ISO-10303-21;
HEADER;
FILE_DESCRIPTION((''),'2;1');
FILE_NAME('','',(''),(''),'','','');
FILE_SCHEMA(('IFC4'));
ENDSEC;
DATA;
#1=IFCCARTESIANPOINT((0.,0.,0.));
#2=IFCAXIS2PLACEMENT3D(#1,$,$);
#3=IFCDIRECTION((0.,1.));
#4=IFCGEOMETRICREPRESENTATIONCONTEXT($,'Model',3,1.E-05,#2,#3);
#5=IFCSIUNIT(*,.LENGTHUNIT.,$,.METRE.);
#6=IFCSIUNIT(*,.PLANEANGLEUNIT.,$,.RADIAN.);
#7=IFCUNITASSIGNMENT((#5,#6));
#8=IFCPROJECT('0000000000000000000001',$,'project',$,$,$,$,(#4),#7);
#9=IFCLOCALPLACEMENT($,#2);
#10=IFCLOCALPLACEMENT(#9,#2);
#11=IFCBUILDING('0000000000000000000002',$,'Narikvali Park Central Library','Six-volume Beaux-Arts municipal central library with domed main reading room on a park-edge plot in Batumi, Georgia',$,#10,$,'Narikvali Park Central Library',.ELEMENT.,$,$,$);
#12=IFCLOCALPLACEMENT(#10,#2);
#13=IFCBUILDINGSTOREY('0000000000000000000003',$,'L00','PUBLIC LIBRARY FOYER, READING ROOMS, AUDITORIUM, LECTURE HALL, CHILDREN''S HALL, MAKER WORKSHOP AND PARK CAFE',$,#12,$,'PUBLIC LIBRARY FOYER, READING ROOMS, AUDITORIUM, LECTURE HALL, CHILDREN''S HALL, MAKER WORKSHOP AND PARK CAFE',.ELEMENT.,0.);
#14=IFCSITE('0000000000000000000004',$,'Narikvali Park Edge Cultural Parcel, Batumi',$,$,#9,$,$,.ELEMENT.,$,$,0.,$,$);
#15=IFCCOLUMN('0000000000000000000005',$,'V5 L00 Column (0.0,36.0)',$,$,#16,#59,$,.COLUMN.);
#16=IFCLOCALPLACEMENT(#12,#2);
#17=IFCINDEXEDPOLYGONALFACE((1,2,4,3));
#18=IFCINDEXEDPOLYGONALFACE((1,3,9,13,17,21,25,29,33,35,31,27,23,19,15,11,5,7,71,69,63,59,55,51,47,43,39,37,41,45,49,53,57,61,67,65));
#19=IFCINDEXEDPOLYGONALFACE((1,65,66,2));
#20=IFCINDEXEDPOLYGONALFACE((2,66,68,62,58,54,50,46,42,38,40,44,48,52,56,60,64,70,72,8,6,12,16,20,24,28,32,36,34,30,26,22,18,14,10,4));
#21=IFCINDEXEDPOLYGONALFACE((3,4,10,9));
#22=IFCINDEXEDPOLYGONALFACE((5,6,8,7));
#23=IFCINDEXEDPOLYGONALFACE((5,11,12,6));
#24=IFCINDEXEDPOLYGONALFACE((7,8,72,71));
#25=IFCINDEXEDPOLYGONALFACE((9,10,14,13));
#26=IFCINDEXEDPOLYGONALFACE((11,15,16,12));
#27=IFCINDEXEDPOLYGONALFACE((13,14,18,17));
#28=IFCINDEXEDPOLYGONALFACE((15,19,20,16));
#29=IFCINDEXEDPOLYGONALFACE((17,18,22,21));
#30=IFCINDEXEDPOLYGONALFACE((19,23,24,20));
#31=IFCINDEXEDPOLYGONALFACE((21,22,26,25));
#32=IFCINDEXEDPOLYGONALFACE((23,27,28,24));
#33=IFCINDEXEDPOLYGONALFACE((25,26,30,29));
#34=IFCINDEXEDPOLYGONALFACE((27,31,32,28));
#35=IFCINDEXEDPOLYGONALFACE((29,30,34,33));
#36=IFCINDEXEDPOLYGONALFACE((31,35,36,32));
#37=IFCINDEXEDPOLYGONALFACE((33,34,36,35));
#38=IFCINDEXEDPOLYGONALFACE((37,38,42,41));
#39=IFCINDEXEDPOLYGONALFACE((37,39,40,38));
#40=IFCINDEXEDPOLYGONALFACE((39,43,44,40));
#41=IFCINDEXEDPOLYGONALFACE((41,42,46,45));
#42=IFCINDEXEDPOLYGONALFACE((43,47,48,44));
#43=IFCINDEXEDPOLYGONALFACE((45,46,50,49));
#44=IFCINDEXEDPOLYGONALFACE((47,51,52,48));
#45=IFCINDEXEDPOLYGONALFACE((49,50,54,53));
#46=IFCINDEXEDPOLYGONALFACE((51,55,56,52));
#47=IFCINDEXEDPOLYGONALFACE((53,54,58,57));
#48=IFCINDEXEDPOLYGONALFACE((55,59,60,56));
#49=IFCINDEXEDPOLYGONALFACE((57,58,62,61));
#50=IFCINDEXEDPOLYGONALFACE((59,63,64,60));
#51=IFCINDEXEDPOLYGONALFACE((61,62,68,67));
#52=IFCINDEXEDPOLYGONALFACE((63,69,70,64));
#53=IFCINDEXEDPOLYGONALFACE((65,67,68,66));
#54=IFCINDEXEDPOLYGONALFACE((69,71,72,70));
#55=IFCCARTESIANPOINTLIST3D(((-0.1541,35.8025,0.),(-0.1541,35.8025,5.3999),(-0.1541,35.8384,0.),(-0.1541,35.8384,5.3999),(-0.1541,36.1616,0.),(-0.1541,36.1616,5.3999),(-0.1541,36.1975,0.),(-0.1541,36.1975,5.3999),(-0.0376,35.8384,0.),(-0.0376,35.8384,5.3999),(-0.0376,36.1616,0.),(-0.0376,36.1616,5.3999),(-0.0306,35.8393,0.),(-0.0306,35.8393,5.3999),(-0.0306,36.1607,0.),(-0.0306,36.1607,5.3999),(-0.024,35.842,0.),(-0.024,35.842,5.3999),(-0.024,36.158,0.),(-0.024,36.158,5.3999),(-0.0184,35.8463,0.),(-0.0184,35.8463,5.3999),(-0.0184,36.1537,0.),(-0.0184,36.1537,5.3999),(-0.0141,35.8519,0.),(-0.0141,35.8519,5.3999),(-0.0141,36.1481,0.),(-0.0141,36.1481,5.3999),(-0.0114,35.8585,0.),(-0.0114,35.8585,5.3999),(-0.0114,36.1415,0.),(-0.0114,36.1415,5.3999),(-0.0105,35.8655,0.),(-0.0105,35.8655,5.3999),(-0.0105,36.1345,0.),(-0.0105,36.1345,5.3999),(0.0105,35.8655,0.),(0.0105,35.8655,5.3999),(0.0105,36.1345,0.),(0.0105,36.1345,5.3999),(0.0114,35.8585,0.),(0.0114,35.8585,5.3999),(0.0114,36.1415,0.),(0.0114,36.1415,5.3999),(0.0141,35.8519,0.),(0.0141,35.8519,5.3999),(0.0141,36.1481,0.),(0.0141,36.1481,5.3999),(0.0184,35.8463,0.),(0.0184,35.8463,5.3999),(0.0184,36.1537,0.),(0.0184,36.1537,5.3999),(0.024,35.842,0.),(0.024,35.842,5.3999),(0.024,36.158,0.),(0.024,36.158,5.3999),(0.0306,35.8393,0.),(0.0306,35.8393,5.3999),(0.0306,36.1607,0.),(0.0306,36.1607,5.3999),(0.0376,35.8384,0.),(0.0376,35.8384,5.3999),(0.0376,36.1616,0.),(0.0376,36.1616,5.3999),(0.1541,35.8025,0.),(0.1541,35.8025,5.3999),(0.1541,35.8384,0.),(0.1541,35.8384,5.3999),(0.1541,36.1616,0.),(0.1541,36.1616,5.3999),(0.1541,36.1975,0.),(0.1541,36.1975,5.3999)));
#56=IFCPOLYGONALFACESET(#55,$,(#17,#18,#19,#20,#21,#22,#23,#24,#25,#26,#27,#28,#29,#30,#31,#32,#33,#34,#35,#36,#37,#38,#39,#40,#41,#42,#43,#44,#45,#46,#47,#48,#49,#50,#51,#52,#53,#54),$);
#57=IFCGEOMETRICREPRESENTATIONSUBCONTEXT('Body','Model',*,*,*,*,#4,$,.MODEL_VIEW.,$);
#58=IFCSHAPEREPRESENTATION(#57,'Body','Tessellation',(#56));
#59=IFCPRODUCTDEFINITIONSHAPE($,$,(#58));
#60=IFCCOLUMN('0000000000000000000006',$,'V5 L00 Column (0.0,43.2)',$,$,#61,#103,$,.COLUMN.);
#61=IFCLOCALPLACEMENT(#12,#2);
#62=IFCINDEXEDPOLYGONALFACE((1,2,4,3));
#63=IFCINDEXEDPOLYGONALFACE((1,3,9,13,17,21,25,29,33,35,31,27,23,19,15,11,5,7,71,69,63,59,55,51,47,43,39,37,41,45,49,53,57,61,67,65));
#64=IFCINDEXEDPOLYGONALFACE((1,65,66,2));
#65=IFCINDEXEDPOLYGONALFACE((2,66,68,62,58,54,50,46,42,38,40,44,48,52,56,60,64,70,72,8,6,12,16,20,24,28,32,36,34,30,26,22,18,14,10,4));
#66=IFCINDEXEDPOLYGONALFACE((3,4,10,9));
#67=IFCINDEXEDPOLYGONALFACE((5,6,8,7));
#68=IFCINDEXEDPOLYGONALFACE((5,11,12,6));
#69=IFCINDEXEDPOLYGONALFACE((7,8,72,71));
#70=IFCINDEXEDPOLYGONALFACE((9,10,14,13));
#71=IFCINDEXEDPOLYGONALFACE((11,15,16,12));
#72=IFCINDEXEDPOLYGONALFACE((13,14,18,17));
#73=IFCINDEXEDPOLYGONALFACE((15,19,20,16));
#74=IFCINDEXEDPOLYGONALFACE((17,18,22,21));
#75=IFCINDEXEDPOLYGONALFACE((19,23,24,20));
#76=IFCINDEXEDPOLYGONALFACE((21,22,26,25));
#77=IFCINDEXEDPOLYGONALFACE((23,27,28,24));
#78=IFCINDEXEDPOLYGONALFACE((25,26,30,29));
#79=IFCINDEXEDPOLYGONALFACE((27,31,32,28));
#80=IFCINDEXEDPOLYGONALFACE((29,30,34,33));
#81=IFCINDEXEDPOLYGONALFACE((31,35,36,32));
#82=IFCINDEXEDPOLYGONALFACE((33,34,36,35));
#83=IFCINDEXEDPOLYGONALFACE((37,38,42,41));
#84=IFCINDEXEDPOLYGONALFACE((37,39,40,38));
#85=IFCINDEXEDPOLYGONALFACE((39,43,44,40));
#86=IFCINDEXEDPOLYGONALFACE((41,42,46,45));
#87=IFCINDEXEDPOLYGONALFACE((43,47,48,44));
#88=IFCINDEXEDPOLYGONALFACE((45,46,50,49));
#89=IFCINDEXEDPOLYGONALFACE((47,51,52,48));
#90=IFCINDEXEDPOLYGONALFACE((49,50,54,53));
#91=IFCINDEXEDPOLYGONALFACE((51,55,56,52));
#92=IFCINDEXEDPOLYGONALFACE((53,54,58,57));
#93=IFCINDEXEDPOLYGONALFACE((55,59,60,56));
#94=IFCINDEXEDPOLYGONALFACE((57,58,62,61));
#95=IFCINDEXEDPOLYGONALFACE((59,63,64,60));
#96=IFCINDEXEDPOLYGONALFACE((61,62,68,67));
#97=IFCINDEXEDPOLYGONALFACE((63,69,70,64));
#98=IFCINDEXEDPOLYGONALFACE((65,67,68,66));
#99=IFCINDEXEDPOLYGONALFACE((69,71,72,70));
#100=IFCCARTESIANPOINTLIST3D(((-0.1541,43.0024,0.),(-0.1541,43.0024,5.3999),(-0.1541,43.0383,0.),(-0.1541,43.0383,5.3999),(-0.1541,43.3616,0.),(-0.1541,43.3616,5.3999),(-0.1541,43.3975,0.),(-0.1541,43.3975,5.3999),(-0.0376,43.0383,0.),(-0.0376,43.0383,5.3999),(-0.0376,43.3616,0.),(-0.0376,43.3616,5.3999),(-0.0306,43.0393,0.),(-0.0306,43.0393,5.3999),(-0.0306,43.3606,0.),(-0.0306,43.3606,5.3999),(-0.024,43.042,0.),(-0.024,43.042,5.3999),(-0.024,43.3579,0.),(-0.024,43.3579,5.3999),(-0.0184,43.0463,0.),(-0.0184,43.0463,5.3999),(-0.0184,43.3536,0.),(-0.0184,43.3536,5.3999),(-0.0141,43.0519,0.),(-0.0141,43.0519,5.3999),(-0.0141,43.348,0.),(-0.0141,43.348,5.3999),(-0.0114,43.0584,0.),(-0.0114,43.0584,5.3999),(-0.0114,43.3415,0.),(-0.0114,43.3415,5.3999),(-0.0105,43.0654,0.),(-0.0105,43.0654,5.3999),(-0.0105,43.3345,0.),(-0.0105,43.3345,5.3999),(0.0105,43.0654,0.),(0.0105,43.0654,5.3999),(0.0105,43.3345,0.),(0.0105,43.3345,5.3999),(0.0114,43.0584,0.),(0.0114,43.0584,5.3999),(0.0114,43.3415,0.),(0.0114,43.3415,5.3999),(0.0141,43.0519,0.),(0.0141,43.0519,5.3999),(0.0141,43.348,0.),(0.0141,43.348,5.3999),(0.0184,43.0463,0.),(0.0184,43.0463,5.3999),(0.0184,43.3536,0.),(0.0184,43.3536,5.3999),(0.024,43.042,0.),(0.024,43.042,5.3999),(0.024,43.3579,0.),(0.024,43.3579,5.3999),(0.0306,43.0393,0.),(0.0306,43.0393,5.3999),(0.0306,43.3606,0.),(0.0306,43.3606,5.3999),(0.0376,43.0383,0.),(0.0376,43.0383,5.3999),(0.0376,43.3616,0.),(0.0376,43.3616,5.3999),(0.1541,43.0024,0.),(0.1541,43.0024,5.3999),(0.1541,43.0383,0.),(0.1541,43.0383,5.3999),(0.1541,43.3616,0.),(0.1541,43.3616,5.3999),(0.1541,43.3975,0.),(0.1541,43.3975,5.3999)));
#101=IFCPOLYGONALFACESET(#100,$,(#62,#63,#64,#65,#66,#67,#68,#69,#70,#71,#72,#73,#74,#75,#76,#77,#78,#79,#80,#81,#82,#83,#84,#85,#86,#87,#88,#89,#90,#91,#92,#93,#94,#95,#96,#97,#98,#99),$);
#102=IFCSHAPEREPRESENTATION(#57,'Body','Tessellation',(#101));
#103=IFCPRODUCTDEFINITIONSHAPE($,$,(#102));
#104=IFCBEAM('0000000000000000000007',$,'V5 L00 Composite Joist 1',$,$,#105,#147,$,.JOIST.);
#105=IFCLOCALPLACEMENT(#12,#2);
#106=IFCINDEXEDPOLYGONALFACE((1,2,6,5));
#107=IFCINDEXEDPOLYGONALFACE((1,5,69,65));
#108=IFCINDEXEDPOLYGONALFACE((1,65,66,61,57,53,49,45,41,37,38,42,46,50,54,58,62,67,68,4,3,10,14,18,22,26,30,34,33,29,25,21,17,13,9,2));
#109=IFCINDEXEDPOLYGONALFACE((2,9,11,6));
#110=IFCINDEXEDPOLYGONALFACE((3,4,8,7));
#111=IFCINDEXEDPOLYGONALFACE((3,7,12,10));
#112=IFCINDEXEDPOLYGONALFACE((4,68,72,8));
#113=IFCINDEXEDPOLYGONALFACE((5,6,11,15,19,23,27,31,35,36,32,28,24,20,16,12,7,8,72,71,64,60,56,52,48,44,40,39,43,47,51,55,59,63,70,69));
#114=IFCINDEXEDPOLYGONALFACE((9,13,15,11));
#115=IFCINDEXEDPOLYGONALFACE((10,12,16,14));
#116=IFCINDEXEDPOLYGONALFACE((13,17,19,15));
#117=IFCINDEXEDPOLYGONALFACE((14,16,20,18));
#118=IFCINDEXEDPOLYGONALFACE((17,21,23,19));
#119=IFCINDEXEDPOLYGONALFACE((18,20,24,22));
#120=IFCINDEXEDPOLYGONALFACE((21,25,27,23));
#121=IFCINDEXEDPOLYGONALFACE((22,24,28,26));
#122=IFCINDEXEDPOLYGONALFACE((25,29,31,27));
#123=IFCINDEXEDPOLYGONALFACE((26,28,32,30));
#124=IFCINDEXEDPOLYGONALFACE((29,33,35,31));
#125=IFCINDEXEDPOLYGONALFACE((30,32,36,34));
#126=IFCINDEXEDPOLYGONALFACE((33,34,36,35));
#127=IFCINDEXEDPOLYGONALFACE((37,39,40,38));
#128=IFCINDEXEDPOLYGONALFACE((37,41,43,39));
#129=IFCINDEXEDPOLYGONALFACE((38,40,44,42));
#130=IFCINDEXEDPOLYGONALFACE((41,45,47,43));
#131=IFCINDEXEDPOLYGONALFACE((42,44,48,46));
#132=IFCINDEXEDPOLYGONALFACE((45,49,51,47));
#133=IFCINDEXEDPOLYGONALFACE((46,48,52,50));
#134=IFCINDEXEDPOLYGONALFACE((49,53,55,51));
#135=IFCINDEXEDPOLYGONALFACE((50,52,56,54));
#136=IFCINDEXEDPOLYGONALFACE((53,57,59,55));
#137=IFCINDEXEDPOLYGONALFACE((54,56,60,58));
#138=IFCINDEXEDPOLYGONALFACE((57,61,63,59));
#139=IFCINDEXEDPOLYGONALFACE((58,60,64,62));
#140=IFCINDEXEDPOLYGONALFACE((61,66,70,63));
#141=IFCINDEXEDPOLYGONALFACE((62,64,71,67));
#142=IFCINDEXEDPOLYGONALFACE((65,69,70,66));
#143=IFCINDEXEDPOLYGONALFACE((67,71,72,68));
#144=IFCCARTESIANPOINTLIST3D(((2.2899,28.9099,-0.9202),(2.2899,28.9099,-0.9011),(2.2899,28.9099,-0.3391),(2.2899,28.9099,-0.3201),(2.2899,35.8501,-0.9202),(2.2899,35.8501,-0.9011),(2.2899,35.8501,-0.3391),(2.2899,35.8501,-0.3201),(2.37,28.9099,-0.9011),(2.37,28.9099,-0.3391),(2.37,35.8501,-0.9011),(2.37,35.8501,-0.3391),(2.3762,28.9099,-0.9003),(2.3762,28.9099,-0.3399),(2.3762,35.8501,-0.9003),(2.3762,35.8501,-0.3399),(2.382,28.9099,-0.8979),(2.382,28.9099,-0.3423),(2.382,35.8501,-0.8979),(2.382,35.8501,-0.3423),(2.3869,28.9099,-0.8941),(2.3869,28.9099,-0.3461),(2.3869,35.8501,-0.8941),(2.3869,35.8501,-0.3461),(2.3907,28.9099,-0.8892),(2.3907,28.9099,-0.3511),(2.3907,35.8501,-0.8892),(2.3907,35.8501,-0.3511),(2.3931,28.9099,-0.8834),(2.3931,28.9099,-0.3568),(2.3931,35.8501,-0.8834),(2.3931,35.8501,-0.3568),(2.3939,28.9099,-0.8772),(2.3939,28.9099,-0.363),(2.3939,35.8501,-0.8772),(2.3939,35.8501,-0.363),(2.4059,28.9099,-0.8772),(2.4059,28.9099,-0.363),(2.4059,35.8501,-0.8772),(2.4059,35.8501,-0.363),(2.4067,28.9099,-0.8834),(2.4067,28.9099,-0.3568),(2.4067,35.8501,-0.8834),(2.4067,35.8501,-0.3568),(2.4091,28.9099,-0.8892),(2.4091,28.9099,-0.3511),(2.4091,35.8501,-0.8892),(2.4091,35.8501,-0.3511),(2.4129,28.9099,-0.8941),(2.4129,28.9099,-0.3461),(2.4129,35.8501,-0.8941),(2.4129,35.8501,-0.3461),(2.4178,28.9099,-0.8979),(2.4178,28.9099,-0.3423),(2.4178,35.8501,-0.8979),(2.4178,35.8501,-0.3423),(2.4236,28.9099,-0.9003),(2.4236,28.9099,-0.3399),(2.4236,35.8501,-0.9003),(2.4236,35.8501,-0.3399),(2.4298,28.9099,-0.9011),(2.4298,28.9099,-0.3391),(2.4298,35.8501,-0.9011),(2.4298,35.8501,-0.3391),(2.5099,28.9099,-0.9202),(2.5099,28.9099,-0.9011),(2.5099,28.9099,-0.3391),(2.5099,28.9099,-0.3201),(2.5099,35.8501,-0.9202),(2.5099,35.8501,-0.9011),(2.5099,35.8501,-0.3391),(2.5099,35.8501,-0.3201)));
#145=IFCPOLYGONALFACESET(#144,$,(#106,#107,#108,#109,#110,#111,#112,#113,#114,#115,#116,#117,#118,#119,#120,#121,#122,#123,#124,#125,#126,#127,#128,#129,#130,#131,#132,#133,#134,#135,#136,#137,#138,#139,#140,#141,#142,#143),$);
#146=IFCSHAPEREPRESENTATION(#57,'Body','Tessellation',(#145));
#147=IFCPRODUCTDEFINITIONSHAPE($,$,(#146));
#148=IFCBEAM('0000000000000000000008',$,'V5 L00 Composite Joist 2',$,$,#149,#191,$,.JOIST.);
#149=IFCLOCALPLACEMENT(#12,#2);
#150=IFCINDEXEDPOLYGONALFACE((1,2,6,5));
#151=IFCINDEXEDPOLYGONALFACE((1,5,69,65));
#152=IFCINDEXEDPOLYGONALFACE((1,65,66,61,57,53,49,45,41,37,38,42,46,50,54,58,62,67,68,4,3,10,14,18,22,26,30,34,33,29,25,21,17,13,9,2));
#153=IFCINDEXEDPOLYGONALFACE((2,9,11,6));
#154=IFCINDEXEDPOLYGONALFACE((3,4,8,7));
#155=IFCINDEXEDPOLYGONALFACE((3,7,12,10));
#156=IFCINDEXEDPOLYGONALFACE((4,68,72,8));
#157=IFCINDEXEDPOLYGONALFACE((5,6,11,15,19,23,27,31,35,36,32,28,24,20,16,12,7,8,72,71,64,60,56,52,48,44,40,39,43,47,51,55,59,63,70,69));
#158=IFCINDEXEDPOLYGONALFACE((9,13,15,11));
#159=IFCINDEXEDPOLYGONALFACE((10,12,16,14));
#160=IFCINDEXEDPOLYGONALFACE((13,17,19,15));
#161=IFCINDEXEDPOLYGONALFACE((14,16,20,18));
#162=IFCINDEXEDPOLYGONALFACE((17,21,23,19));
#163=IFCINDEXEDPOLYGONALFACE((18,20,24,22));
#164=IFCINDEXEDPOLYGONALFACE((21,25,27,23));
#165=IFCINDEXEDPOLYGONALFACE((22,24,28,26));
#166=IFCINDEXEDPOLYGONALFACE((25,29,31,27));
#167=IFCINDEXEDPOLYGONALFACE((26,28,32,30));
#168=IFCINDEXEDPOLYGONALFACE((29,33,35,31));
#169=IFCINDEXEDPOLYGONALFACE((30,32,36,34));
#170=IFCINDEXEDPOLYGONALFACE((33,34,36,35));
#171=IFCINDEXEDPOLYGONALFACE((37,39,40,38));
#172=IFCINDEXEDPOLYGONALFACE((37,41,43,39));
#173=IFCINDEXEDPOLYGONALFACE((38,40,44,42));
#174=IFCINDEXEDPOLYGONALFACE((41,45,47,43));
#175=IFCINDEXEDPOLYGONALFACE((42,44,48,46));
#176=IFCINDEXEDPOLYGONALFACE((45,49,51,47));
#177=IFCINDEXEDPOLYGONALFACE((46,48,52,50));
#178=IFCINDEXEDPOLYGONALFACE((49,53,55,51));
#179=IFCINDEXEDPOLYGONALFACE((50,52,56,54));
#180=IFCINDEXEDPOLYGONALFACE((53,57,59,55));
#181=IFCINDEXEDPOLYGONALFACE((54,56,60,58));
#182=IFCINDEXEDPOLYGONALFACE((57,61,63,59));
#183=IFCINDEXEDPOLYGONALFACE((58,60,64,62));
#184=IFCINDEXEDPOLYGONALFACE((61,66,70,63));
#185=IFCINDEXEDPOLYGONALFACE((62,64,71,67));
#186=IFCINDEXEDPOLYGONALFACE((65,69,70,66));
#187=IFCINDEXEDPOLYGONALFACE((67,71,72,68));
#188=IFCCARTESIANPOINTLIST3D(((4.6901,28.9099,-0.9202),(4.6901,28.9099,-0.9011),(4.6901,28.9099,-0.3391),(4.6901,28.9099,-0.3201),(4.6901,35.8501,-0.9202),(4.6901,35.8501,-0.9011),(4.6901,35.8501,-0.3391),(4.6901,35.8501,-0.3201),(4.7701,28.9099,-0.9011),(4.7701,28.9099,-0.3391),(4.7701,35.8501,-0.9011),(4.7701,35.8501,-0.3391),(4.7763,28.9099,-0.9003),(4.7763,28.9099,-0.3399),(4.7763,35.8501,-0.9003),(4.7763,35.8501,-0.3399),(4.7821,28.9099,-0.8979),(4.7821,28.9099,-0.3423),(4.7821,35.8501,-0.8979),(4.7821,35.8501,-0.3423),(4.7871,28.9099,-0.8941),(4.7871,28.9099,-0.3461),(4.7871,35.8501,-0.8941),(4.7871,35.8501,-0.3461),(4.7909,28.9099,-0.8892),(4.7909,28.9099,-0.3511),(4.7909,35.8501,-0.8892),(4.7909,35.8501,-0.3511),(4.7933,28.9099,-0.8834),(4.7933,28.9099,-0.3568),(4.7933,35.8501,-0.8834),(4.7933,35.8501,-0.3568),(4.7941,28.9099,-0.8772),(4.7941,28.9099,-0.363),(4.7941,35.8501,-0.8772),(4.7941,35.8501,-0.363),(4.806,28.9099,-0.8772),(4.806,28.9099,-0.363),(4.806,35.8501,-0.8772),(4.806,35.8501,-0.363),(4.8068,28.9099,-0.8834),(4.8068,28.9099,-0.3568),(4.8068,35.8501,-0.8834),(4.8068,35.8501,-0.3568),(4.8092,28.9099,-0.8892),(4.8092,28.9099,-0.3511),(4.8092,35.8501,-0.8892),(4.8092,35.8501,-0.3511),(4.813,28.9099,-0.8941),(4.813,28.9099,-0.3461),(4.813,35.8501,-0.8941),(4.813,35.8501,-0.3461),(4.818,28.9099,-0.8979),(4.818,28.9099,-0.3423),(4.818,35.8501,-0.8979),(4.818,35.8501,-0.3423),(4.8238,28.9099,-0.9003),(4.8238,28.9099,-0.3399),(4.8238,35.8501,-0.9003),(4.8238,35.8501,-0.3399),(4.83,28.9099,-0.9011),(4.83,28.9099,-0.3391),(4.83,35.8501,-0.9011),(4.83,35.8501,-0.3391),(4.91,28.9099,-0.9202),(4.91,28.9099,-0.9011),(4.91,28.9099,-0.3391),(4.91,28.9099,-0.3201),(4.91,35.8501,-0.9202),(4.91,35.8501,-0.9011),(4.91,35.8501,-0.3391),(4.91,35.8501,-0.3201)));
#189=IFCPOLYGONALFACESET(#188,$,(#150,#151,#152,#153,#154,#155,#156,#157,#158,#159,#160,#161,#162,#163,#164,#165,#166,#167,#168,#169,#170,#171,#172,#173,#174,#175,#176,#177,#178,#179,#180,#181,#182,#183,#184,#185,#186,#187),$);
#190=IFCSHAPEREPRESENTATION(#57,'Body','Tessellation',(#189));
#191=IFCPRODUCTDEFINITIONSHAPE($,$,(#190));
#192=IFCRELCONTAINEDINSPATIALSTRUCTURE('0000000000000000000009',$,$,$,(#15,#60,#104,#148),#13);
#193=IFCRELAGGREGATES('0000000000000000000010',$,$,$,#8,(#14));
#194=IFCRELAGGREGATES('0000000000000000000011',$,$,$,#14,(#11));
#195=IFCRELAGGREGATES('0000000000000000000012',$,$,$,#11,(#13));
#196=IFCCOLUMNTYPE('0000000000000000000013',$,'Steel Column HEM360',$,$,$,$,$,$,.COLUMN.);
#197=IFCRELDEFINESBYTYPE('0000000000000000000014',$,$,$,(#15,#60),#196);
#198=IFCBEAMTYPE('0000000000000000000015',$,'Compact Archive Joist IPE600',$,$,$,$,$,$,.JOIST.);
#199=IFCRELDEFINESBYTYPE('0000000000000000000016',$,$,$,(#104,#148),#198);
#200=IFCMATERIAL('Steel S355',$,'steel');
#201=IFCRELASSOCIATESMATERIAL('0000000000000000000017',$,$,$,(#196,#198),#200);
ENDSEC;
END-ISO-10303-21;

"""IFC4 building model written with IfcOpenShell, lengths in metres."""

from ifc_helpers import new_model, si_unit, direction, frame, origin, origin_2d, place, context, subcontext, project, spatial, i_section, extrude, material, material_profile, profile_set, type_object, element, save


model = new_model("IFC4")

# Units and contexts
model_context = context("Model", 3, precision=1e-05, world=origin(), true_north=direction((0.0, 1.0)))
body_context = subcontext(model_context, "Body", "Model", "MODEL_VIEW")
ifc_project = project(units=[si_unit("LENGTHUNIT", "METRE"), si_unit("PLANEANGLEUNIT", "RADIAN")], contexts=[model_context])

# Site, building, storey
site_placement = place(None, origin())
site = spatial("IfcSite", under=ifc_project, at=site_placement, Name="Narikvali Park Edge Cultural Parcel, Batumi", CompositionType="ELEMENT", RefElevation=0.0)
building_placement = place(site_placement, origin())
building = spatial("IfcBuilding", under=site, at=building_placement, Name="Narikvali Park Central Library", Description="Six-volume Beaux-Arts municipal central library with domed main reading room on a park-edge plot in Batumi, Georgia", LongName="Narikvali Park Central Library", CompositionType="ELEMENT")
storey_placement = place(building_placement, origin())
storey = spatial("IfcBuildingStorey", under=building, at=storey_placement, Name="L00", Description="PUBLIC LIBRARY FOYER, READING ROOMS, AUDITORIUM, LECTURE HALL, CHILDREN'S HALL, MAKER WORKSHOP AND PARK CAFE", LongName="PUBLIC LIBRARY FOYER, READING ROOMS, AUDITORIUM, LECTURE HALL, CHILDREN'S HALL, MAKER WORKSHOP AND PARK CAFE", CompositionType="ELEMENT", Elevation=0.0)

# Columns
ifc_material_1 = material(Name="Steel S355", Category="steel")
ifc_material_profile_1 = material_profile(ifc_material_1, i_section(OverallWidth=0.3081, OverallDepth=0.395, WebThickness=0.021, FlangeThickness=0.0359, FilletRadius=0.0271, at=origin_2d()), Name="HEM 360")
ifc_profile_set_1 = profile_set([ifc_material_profile_1], Name="Steel S355")
column_type_1 = type_object("IfcColumnType", Name="Steel Column HEM360", PredefinedType="COLUMN", material=ifc_profile_set_1)
for number, where, z_axis, x_axis, name in (
    (1, (0.0, 36.0, 0.0), (0.0, 0.0, 1.0), (1.0, 0.0, 0.0), "V5 L00 Column (0.0,36.0)"),
    (2, (0.0, 43.2, 0.0), (0.0, 0.0, 1.0), (1.0, 0.0, 0.0), "V5 L00 Column (0.0,43.2)"),
):
    element("IfcColumn", number, at=place(storey_placement, frame(where, z_axis=z_axis, x_axis=x_axis)), inside=storey, type_object=column_type_1, Name=name, PredefinedType="COLUMN", context=body_context, shape_type="SweptSolid", body=[
        extrude(i_section(OverallWidth=0.3081, OverallDepth=0.395, WebThickness=0.021, FlangeThickness=0.0359, FilletRadius=0.0271, at=origin_2d()), origin(), (0.0, 0.0, 1.0), 5.3999),
    ])

# Beams
ifc_material_profile_2 = material_profile(ifc_material_1, i_section(OverallWidth=0.22, OverallDepth=0.6001, WebThickness=0.012, FlangeThickness=0.019, FilletRadius=0.0239, at=origin_2d()), Name="IPE 600")
ifc_profile_set_2 = profile_set([ifc_material_profile_2], Name="Steel S355")
beam_type_1 = type_object("IfcBeamType", Name="Compact Archive Joist IPE600", PredefinedType="JOIST", material=ifc_profile_set_2)
for number, where, z_axis, x_axis, name in (
    (3, (2.3999, 28.9099, -0.6201), (0.0, 1.0, 0.0), (-1.0, 0.0, 0.0), "V5 L00 Composite Joist 1"),
    (4, (4.8, 28.9099, -0.6201), (0.0, 1.0, 0.0), (-1.0, 0.0, 0.0), "V5 L00 Composite Joist 2"),
):
    element("IfcBeam", number, at=place(storey_placement, frame(where, z_axis=z_axis, x_axis=x_axis)), inside=storey, type_object=beam_type_1, Name=name, PredefinedType="JOIST", context=body_context, shape_type="SweptSolid", body=[
        extrude(i_section(OverallWidth=0.22, OverallDepth=0.6001, WebThickness=0.012, FlangeThickness=0.019, FilletRadius=0.0239, at=origin_2d()), origin(), (0.0, 0.0, 1.0), 6.9402),
    ])

save(model, "model.ifc")
